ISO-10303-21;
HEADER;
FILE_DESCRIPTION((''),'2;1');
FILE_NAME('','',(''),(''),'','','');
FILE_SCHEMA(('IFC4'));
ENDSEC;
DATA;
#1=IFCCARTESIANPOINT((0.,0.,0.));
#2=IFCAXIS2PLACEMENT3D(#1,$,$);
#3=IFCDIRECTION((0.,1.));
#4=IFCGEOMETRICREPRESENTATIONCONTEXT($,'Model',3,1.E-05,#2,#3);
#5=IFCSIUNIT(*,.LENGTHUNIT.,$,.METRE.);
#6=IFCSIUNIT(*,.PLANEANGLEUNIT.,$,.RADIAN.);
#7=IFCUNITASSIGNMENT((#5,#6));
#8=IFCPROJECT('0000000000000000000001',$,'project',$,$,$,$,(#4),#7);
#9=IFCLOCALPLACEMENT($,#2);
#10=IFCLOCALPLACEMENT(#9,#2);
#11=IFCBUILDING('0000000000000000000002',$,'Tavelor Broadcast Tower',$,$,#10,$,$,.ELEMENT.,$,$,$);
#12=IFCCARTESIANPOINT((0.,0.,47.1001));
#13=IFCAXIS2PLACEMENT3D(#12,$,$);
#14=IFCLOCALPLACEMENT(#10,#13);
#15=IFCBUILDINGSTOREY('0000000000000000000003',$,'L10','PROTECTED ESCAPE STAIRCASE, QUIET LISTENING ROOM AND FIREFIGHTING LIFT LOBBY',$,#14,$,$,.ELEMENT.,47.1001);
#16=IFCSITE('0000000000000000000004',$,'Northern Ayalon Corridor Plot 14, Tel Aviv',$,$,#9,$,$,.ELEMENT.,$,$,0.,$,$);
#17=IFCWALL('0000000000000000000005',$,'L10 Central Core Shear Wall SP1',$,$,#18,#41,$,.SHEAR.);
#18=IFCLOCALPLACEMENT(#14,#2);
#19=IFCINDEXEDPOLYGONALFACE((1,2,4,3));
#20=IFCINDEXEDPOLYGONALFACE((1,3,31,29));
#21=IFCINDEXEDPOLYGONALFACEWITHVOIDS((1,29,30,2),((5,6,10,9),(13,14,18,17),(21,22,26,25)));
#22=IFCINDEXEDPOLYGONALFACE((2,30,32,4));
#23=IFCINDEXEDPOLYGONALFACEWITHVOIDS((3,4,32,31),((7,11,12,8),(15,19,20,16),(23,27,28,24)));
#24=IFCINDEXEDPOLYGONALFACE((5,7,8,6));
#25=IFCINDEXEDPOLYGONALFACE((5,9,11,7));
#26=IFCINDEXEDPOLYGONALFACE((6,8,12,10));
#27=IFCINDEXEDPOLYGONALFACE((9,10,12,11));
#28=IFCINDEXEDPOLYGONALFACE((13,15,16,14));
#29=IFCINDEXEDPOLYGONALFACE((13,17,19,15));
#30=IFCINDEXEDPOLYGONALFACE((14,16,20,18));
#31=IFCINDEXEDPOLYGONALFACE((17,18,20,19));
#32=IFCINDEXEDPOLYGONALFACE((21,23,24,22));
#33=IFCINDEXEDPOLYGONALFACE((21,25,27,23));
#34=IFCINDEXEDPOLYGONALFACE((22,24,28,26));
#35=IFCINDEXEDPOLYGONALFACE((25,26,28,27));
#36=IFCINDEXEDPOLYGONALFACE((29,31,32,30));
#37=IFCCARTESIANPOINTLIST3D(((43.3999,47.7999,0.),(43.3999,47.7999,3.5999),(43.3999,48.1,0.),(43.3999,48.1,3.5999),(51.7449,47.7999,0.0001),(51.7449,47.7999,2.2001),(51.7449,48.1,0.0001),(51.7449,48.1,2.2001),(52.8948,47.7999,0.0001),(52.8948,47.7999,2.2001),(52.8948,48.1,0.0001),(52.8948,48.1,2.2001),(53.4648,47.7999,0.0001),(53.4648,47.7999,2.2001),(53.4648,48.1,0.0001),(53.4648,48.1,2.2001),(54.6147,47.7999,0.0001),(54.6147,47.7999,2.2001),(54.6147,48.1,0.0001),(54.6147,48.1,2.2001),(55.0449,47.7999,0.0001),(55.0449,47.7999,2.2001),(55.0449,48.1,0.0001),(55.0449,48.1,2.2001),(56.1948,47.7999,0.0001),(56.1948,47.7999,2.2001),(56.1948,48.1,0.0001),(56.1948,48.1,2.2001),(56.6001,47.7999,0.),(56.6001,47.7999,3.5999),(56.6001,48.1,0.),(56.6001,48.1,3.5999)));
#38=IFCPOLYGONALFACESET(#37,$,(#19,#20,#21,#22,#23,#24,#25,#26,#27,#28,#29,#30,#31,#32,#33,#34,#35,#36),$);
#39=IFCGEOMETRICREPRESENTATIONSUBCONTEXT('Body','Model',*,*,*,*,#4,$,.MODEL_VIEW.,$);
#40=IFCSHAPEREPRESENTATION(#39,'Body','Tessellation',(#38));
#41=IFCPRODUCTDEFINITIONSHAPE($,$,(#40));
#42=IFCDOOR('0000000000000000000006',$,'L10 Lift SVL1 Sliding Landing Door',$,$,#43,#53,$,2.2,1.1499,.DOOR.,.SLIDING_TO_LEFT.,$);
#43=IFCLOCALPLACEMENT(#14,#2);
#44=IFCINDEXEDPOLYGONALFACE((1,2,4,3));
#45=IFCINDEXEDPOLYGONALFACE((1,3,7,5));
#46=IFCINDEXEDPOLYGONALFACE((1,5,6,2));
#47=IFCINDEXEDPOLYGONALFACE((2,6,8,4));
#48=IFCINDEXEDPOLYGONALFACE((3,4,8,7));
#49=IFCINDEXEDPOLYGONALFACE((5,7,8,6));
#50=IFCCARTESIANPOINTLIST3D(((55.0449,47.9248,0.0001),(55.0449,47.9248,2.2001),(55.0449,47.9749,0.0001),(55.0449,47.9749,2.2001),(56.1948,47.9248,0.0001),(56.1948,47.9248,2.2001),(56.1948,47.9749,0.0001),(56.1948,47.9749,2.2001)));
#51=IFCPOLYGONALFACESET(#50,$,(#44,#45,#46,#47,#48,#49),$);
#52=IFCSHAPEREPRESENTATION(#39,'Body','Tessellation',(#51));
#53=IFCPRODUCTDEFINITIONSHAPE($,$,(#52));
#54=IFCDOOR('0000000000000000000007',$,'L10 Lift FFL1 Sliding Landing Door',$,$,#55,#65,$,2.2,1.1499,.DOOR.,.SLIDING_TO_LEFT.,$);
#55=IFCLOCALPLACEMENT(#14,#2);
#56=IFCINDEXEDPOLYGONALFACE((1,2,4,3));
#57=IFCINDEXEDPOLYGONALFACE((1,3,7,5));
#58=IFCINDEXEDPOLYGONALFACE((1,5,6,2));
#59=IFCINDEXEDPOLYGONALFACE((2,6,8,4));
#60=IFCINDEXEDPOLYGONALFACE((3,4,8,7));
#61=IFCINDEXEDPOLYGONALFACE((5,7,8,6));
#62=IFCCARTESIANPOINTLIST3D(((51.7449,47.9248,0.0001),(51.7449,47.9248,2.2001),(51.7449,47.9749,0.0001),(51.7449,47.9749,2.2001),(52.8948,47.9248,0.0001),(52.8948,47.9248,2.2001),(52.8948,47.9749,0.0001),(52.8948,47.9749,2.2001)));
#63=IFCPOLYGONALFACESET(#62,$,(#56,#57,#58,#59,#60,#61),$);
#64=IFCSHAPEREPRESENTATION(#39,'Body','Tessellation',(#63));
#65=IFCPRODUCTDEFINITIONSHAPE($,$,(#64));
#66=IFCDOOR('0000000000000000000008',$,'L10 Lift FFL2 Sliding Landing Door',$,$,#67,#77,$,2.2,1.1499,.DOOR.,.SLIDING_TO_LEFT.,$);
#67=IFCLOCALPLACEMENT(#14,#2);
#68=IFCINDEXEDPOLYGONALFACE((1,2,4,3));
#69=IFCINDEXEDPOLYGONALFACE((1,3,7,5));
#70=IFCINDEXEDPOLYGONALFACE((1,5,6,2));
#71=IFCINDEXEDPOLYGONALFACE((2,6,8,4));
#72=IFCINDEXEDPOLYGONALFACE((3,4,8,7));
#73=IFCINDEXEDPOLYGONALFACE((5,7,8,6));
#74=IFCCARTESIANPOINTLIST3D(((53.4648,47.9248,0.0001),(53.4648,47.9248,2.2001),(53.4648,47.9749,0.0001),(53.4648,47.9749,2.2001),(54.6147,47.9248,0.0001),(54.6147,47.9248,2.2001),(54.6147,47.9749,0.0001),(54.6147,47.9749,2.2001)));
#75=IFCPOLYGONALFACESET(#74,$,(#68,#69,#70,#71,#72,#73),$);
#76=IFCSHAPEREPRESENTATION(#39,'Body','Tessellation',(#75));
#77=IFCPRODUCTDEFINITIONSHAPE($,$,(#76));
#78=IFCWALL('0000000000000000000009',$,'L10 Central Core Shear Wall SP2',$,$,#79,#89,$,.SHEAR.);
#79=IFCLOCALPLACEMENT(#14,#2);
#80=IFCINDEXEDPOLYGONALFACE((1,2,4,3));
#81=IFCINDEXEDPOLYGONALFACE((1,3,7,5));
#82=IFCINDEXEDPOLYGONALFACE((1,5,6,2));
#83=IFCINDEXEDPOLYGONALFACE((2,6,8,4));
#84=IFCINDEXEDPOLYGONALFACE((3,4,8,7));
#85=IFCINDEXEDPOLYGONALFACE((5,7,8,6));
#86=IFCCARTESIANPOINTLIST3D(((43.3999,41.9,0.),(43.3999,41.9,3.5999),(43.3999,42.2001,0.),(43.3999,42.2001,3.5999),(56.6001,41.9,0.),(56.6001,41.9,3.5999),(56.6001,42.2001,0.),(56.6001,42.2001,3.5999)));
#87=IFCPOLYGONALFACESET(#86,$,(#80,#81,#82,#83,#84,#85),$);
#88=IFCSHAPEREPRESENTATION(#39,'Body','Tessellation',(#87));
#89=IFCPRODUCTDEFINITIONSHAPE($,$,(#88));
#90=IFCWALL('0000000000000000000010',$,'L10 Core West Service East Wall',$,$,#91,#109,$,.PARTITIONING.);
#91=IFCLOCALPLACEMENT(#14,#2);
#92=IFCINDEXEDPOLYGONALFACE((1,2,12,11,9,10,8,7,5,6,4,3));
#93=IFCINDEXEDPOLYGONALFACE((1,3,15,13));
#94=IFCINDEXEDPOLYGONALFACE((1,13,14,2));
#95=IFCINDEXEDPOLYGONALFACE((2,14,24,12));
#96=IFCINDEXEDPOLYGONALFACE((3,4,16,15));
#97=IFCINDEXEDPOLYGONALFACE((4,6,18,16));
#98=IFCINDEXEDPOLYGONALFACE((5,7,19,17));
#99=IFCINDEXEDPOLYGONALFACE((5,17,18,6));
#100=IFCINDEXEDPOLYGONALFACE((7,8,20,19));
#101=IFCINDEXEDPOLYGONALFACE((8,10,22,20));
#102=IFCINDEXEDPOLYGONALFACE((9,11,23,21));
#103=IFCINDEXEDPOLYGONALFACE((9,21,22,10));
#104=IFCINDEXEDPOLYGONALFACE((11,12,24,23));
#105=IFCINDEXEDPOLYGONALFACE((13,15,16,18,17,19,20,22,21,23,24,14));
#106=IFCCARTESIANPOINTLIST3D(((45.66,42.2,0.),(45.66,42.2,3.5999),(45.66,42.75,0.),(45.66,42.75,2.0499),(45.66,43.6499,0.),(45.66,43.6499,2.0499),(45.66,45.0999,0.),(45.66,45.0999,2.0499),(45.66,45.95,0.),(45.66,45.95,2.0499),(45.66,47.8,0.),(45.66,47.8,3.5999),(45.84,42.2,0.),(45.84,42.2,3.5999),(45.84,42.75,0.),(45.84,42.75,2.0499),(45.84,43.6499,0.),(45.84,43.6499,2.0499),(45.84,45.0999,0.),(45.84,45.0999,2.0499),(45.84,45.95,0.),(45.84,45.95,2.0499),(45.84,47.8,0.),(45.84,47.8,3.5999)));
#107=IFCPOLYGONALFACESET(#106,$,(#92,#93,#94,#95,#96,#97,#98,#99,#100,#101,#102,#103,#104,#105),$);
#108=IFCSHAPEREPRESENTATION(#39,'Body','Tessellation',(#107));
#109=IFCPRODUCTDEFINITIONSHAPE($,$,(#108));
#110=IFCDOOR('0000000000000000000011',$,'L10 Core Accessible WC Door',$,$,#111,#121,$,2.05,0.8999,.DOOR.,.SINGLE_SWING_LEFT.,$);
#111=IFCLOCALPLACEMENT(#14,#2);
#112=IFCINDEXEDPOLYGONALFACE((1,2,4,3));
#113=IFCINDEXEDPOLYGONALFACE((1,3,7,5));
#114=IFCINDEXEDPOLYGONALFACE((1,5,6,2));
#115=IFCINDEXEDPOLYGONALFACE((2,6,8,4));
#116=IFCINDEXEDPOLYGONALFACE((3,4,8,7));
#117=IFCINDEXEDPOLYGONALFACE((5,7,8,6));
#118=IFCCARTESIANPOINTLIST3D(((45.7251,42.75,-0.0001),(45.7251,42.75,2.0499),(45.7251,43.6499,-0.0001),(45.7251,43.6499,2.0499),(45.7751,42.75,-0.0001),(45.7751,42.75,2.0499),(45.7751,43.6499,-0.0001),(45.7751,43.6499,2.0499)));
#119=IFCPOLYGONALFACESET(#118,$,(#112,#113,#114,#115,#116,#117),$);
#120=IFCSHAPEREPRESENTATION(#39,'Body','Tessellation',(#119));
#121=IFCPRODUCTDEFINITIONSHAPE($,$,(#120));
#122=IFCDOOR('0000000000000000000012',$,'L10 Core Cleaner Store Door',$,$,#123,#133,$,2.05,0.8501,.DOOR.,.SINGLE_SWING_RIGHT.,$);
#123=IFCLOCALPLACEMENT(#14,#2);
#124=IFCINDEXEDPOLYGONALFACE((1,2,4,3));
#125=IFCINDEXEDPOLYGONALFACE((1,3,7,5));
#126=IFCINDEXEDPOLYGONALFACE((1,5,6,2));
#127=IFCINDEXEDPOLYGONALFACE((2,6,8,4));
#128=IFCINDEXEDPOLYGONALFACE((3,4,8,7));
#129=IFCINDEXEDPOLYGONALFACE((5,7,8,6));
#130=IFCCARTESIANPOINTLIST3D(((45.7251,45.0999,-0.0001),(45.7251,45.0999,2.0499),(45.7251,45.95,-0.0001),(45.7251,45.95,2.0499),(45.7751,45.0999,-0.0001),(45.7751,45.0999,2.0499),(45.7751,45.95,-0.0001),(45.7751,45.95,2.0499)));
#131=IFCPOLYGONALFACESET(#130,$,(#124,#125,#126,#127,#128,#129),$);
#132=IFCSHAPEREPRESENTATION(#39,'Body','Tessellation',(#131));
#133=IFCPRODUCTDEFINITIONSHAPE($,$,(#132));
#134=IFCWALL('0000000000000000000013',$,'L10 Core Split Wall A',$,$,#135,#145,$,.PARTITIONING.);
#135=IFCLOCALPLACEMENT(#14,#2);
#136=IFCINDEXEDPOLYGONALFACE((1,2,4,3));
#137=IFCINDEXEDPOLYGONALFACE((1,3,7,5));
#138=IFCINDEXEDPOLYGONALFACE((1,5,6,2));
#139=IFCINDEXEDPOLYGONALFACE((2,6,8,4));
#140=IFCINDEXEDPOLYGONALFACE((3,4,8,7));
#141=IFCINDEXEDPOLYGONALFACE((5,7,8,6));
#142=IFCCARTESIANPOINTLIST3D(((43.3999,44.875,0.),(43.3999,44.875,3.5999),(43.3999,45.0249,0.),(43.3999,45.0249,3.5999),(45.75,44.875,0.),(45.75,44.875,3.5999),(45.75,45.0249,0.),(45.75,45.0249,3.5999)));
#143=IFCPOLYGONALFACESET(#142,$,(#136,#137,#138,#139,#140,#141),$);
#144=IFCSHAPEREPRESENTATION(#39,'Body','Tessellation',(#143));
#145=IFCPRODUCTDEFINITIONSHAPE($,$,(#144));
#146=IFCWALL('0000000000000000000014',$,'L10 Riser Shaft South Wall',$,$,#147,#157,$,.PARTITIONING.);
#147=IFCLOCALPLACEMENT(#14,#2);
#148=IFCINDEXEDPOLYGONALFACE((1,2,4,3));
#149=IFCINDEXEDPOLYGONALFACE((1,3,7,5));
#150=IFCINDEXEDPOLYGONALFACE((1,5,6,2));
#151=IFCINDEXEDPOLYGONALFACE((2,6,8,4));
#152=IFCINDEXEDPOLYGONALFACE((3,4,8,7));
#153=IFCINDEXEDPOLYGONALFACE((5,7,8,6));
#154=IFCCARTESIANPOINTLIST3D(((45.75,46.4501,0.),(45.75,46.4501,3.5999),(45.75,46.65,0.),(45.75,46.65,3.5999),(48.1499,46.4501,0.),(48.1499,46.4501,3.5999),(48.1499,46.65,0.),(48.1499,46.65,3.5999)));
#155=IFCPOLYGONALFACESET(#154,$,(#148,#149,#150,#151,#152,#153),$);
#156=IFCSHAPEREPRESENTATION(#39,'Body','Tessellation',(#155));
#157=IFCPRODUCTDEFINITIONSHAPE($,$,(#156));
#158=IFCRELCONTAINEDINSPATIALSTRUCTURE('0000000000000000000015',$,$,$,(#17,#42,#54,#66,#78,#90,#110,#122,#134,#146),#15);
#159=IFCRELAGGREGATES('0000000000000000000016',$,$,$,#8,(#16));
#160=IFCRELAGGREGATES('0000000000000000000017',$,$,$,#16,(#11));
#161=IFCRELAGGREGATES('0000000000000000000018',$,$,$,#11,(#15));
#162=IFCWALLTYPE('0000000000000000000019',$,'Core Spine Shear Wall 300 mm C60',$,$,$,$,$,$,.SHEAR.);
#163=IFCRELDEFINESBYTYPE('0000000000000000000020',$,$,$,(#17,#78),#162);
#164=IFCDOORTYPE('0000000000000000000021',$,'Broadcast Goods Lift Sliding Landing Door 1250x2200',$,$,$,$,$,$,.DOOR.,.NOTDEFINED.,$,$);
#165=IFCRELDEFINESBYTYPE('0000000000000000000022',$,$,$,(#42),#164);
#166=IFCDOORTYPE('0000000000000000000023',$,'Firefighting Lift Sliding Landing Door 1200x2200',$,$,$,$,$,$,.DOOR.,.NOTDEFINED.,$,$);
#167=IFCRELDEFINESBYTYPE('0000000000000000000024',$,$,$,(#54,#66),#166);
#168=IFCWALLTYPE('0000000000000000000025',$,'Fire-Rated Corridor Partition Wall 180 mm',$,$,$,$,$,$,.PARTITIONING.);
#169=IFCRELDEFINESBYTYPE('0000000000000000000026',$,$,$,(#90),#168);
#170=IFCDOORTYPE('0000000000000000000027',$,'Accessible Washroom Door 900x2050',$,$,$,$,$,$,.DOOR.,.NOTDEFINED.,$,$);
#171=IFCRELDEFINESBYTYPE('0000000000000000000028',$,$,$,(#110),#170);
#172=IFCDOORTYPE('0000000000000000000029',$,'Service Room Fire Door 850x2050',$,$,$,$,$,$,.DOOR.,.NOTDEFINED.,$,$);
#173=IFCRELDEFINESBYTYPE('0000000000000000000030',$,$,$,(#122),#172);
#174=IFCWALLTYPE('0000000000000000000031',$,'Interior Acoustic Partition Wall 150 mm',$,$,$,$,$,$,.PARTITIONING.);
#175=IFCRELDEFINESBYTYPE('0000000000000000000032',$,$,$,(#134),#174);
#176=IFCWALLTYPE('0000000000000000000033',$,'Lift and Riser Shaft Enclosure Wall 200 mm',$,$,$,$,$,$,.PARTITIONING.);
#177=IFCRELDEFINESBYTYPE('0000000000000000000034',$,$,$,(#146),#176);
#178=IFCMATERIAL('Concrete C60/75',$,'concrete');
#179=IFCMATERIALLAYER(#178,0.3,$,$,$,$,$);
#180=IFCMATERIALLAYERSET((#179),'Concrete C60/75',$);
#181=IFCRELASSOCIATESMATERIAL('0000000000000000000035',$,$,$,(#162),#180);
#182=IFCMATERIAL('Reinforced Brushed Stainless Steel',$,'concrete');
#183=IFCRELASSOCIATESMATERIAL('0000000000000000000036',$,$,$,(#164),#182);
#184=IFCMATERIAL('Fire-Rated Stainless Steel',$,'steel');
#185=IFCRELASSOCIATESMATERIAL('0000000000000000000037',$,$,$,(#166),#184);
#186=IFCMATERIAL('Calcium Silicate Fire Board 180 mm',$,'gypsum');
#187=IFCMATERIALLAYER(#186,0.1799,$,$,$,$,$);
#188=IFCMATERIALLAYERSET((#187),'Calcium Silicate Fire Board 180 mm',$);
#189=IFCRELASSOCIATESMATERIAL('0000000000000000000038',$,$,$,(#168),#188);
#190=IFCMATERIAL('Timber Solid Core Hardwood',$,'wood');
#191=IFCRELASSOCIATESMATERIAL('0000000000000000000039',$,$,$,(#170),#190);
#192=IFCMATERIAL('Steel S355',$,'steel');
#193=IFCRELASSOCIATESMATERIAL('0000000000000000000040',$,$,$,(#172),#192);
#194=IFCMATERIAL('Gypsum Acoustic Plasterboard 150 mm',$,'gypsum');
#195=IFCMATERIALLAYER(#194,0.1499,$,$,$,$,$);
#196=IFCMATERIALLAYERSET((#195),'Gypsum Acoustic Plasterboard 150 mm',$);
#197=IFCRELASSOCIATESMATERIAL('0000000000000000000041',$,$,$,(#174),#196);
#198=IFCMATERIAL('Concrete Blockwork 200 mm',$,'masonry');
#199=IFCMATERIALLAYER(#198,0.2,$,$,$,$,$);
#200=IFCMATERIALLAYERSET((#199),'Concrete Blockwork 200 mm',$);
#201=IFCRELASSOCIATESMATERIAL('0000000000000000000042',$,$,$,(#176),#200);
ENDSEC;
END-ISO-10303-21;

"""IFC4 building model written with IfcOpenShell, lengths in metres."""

from ifc_helpers import new_model, si_unit, direction, frame, frame_2d, origin, place, context, subcontext, project, spatial, rectangle, extrude, material, layer, layer_set, type_object, element, fill, save


model = new_model("IFC4")

# Units and contexts
model_context = context("Model", 3, precision=1e-05, world=origin(), true_north=direction((0.0, 1.0)))
body_context = subcontext(model_context, "Body", "Model", "MODEL_VIEW")
ifc_project = project(units=[si_unit("LENGTHUNIT", "METRE"), si_unit("PLANEANGLEUNIT", "RADIAN")], contexts=[model_context])

# Site, building, storey
site_placement = place(None, origin())
site = spatial("IfcSite", under=ifc_project, at=site_placement, Name="Northern Ayalon Corridor Plot 14, Tel Aviv", CompositionType="ELEMENT", RefElevation=0.0)
building_placement = place(site_placement, origin())
building = spatial("IfcBuilding", under=site, at=building_placement, Name="Tavelor Broadcast Tower", CompositionType="ELEMENT")
storey_placement = place(building_placement, frame((0.0, 0.0, 47.1001)))
storey = spatial("IfcBuildingStorey", under=building, at=storey_placement, Name="L10", Description="PROTECTED ESCAPE STAIRCASE, QUIET LISTENING ROOM AND FIREFIGHTING LIFT LOBBY", CompositionType="ELEMENT", Elevation=47.1001)

# Shared definitions
ifc_material_1 = material(Name="Concrete C60/75", Category="concrete")

# Shared definitions
ifc_material_2 = material(Name="Steel S355", Category="steel")

# Wall, openings, doors
ifc_layer_1 = layer(ifc_material_1, 0.3)
ifc_layer_set_1 = layer_set([ifc_layer_1], Name="Concrete C60/75")
wall_type_1 = type_object("IfcWallType", Name="Core Spine Shear Wall 300 mm C60", PredefinedType="SHEAR", material=ifc_layer_set_1)
wall_1_placement = place(storey_placement, frame((43.3999, 47.95, 0.0), z_axis=(0.0, 0.0, 1.0), x_axis=(1.0, 0.0, 0.0)))
wall_1 = element("IfcWall", 1, at=wall_1_placement, inside=storey, type_object=wall_type_1, Name="L10 Central Core Shear Wall SP1", PredefinedType="SHEAR", context=body_context, shape_type="SweptSolid", body=[
    extrude(rectangle(XDim=13.2002, YDim=0.3, at=frame_2d((6.6001, 0.0))), origin(), (0.0, 0.0, 1.0), 3.5999),
])
opening_1_placement = place(wall_1_placement, frame((8.345, 0.0, 0.0)))
opening_1 = element("IfcOpeningElement", 2, at=opening_1_placement, cuts=wall_1, PredefinedType="OPENING", context=body_context, shape_type="SweptSolid", body=[
    extrude(rectangle(XDim=1.1499, YDim=2.2, at=frame_2d((0.575, 1.1001))), frame((0.0, 0.1602, 0.0), z_axis=(0.0, -1.0, 0.0), x_axis=(1.0, 0.0, 0.0)), (0.0, 0.0, 1.0), 0.3201),
])
opening_2_placement = place(wall_1_placement, frame((10.0649, 0.0, 0.0)))
opening_2 = element("IfcOpeningElement", 3, at=opening_2_placement, cuts=wall_1, PredefinedType="OPENING", context=body_context, shape_type="SweptSolid", body=[
    extrude(rectangle(XDim=1.1499, YDim=2.2, at=frame_2d((0.575, 1.1001))), frame((0.0, 0.1602, 0.0), z_axis=(0.0, -1.0, 0.0), x_axis=(1.0, 0.0, 0.0)), (0.0, 0.0, 1.0), 0.3201),
])
opening_3_placement = place(wall_1_placement, frame((11.645, 0.0, 0.0)))
opening_3 = element("IfcOpeningElement", 4, at=opening_3_placement, cuts=wall_1, PredefinedType="OPENING", context=body_context, shape_type="SweptSolid", body=[
    extrude(rectangle(XDim=1.1499, YDim=2.2, at=frame_2d((0.575, 1.1001))), frame((0.0, 0.1602, 0.0), z_axis=(0.0, -1.0, 0.0), x_axis=(1.0, 0.0, 0.0)), (0.0, 0.0, 1.0), 0.3201),
])
ifc_material_3 = material(Name="Reinforced Brushed Stainless Steel", Category="concrete")
door_type_1 = type_object("IfcDoorType", Name="Broadcast Goods Lift Sliding Landing Door 1250x2200", OperationType="NOTDEFINED", PredefinedType="DOOR", material=ifc_material_3)
door_1_placement = place(opening_3_placement, origin())
door_1 = element("IfcDoor", 5, at=door_1_placement, inside=storey, type_object=door_type_1, Name="L10 Lift SVL1 Sliding Landing Door", OperationType="SLIDING_TO_LEFT", OverallHeight=2.2, OverallWidth=1.1499, PredefinedType="DOOR", context=body_context, shape_type="SweptSolid", body=[
    extrude(rectangle(XDim=1.1499, YDim=2.2, at=frame_2d((0.575, 1.1001))), frame((0.0, 0.0249, 0.0), z_axis=(0.0, -1.0, 0.0), x_axis=(1.0, 0.0, 0.0)), (0.0, 0.0, 1.0), 0.05),
])
fill(opening_3, door_1)
ifc_material_4 = material(Name="Fire-Rated Stainless Steel", Category="steel")
door_type_2 = type_object("IfcDoorType", Name="Firefighting Lift Sliding Landing Door 1200x2200", OperationType="NOTDEFINED", PredefinedType="DOOR", material=ifc_material_4)
door_2_placement = place(opening_1_placement, origin())
door_2 = element("IfcDoor", 6, at=door_2_placement, inside=storey, type_object=door_type_2, Name="L10 Lift FFL1 Sliding Landing Door", OperationType="SLIDING_TO_LEFT", OverallHeight=2.2, OverallWidth=1.1499, PredefinedType="DOOR", context=body_context, shape_type="SweptSolid", body=[
    extrude(rectangle(XDim=1.1499, YDim=2.2, at=frame_2d((0.575, 1.1001))), frame((0.0, 0.0249, 0.0), z_axis=(0.0, -1.0, 0.0), x_axis=(1.0, 0.0, 0.0)), (0.0, 0.0, 1.0), 0.05),
])
fill(opening_1, door_2)
door_3_placement = place(opening_2_placement, origin())
door_3 = element("IfcDoor", 7, at=door_3_placement, inside=storey, type_object=door_type_2, Name="L10 Lift FFL2 Sliding Landing Door", OperationType="SLIDING_TO_LEFT", OverallHeight=2.2, OverallWidth=1.1499, PredefinedType="DOOR", context=body_context, shape_type="SweptSolid", body=[
    extrude(rectangle(XDim=1.1499, YDim=2.2, at=frame_2d((0.575, 1.1001))), frame((0.0, 0.0249, 0.0), z_axis=(0.0, -1.0, 0.0), x_axis=(1.0, 0.0, 0.0)), (0.0, 0.0, 1.0), 0.05),
])
fill(opening_2, door_3)

# Wall
wall_2_placement = place(storey_placement, frame((43.3999, 42.05, 0.0), z_axis=(0.0, 0.0, 1.0), x_axis=(1.0, 0.0, 0.0)))
element("IfcWall", 8, at=wall_2_placement, inside=storey, type_object=wall_type_1, Name="L10 Central Core Shear Wall SP2", PredefinedType="SHEAR", context=body_context, shape_type="SweptSolid", body=[
    extrude(rectangle(XDim=13.2002, YDim=0.3, at=frame_2d((6.6001, 0.0))), origin(), (0.0, 0.0, 1.0), 3.5999),
])

# Wall, openings, doors
ifc_material_5 = material(Name="Calcium Silicate Fire Board 180 mm", Category="gypsum")
ifc_layer_2 = layer(ifc_material_5, 0.1799)
ifc_layer_set_2 = layer_set([ifc_layer_2], Name="Calcium Silicate Fire Board 180 mm")
wall_type_2 = type_object("IfcWallType", Name="Fire-Rated Corridor Partition Wall 180 mm", PredefinedType="PARTITIONING", material=ifc_layer_set_2)
wall_3_placement = place(storey_placement, frame((45.75, 42.2, 0.0), z_axis=(0.0, 0.0, 1.0), x_axis=(0.0, 1.0, 0.0)))
wall_3 = element("IfcWall", 9, at=wall_3_placement, inside=storey, type_object=wall_type_2, Name="L10 Core West Service East Wall", PredefinedType="PARTITIONING", context=body_context, shape_type="SweptSolid", body=[
    extrude(rectangle(XDim=5.6001, YDim=0.1799, at=frame_2d((2.8, 0.0))), origin(), (0.0, 0.0, 1.0), 3.5999),
])
opening_4_placement = place(wall_3_placement, frame((0.55, 0.0, 0.0)))
opening_4 = element("IfcOpeningElement", 10, at=opening_4_placement, cuts=wall_3, PredefinedType="OPENING", context=body_context, shape_type="SweptSolid", body=[
    extrude(rectangle(XDim=0.8999, YDim=2.05, at=frame_2d((0.45, 1.0249))), frame((0.0, 0.1001, 0.0), z_axis=(0.0, -1.0, 0.0), x_axis=(1.0, 0.0, 0.0)), (0.0, 0.0, 1.0), 0.2),
])
opening_5_placement = place(wall_3_placement, frame((2.8999, 0.0, 0.0)))
opening_5 = element("IfcOpeningElement", 11, at=opening_5_placement, cuts=wall_3, PredefinedType="OPENING", context=body_context, shape_type="SweptSolid", body=[
    extrude(rectangle(XDim=0.8501, YDim=2.05, at=frame_2d((0.425, 1.0249))), frame((0.0, 0.1001, 0.0), z_axis=(0.0, -1.0, 0.0), x_axis=(1.0, 0.0, 0.0)), (0.0, 0.0, 1.0), 0.2),
])
ifc_material_6 = material(Name="Timber Solid Core Hardwood", Category="wood")
door_type_3 = type_object("IfcDoorType", Name="Accessible Washroom Door 900x2050", OperationType="NOTDEFINED", PredefinedType="DOOR", material=ifc_material_6)
door_4_placement = place(opening_4_placement, origin())
door_4 = element("IfcDoor", 12, at=door_4_placement, inside=storey, type_object=door_type_3, Name="L10 Core Accessible WC Door", OperationType="SINGLE_SWING_LEFT", OverallHeight=2.05, OverallWidth=0.8999, PredefinedType="DOOR", context=body_context, shape_type="SweptSolid", body=[
    extrude(rectangle(XDim=0.8999, YDim=2.05, at=frame_2d((0.45, 1.0249))), frame((0.0, 0.0249, 0.0), z_axis=(0.0, -1.0, 0.0), x_axis=(1.0, 0.0, 0.0)), (0.0, 0.0, 1.0), 0.05),
])
fill(opening_4, door_4)
door_type_4 = type_object("IfcDoorType", Name="Service Room Fire Door 850x2050", OperationType="NOTDEFINED", PredefinedType="DOOR", material=ifc_material_2)
door_5_placement = place(opening_5_placement, origin())
door_5 = element("IfcDoor", 13, at=door_5_placement, inside=storey, type_object=door_type_4, Name="L10 Core Cleaner Store Door", OperationType="SINGLE_SWING_RIGHT", OverallHeight=2.05, OverallWidth=0.8501, PredefinedType="DOOR", context=body_context, shape_type="SweptSolid", body=[
    extrude(rectangle(XDim=0.8501, YDim=2.05, at=frame_2d((0.425, 1.0249))), frame((0.0, 0.0249, 0.0), z_axis=(0.0, -1.0, 0.0), x_axis=(1.0, 0.0, 0.0)), (0.0, 0.0, 1.0), 0.05),
])
fill(opening_5, door_5)

# Walls
ifc_material_7 = material(Name="Gypsum Acoustic Plasterboard 150 mm", Category="gypsum")
ifc_layer_3 = layer(ifc_material_7, 0.1499)
ifc_layer_set_3 = layer_set([ifc_layer_3], Name="Gypsum Acoustic Plasterboard 150 mm")
wall_type_3 = type_object("IfcWallType", Name="Interior Acoustic Partition Wall 150 mm", PredefinedType="PARTITIONING", material=ifc_layer_set_3)
wall_4_placement = place(storey_placement, frame((43.3999, 44.95, 0.0), z_axis=(0.0, 0.0, 1.0), x_axis=(1.0, 0.0, 0.0)))
element("IfcWall", 14, at=wall_4_placement, inside=storey, type_object=wall_type_3, Name="L10 Core Split Wall A", PredefinedType="PARTITIONING", context=body_context, shape_type="SweptSolid", body=[
    extrude(rectangle(XDim=2.3501, YDim=0.1499, at=frame_2d((1.175, 0.0))), origin(), (0.0, 0.0, 1.0), 3.5999),
])
ifc_material_8 = material(Name="Concrete Blockwork 200 mm", Category="masonry")
ifc_layer_4 = layer(ifc_material_8, 0.2)
ifc_layer_set_4 = layer_set([ifc_layer_4], Name="Concrete Blockwork 200 mm")
wall_type_4 = type_object("IfcWallType", Name="Lift and Riser Shaft Enclosure Wall 200 mm", PredefinedType="PARTITIONING", material=ifc_layer_set_4)
wall_5_placement = place(storey_placement, frame((45.75, 46.55, 0.0), z_axis=(0.0, 0.0, 1.0), x_axis=(1.0, 0.0, 0.0)))
element("IfcWall", 15, at=wall_5_placement, inside=storey, type_object=wall_type_4, Name="L10 Riser Shaft South Wall", PredefinedType="PARTITIONING", context=body_context, shape_type="SweptSolid", body=[
    extrude(rectangle(XDim=2.3999, YDim=0.2, at=frame_2d((1.2, 0.0))), origin(), (0.0, 0.0, 1.0), 3.5999),
])

save(model, "model.ifc")
